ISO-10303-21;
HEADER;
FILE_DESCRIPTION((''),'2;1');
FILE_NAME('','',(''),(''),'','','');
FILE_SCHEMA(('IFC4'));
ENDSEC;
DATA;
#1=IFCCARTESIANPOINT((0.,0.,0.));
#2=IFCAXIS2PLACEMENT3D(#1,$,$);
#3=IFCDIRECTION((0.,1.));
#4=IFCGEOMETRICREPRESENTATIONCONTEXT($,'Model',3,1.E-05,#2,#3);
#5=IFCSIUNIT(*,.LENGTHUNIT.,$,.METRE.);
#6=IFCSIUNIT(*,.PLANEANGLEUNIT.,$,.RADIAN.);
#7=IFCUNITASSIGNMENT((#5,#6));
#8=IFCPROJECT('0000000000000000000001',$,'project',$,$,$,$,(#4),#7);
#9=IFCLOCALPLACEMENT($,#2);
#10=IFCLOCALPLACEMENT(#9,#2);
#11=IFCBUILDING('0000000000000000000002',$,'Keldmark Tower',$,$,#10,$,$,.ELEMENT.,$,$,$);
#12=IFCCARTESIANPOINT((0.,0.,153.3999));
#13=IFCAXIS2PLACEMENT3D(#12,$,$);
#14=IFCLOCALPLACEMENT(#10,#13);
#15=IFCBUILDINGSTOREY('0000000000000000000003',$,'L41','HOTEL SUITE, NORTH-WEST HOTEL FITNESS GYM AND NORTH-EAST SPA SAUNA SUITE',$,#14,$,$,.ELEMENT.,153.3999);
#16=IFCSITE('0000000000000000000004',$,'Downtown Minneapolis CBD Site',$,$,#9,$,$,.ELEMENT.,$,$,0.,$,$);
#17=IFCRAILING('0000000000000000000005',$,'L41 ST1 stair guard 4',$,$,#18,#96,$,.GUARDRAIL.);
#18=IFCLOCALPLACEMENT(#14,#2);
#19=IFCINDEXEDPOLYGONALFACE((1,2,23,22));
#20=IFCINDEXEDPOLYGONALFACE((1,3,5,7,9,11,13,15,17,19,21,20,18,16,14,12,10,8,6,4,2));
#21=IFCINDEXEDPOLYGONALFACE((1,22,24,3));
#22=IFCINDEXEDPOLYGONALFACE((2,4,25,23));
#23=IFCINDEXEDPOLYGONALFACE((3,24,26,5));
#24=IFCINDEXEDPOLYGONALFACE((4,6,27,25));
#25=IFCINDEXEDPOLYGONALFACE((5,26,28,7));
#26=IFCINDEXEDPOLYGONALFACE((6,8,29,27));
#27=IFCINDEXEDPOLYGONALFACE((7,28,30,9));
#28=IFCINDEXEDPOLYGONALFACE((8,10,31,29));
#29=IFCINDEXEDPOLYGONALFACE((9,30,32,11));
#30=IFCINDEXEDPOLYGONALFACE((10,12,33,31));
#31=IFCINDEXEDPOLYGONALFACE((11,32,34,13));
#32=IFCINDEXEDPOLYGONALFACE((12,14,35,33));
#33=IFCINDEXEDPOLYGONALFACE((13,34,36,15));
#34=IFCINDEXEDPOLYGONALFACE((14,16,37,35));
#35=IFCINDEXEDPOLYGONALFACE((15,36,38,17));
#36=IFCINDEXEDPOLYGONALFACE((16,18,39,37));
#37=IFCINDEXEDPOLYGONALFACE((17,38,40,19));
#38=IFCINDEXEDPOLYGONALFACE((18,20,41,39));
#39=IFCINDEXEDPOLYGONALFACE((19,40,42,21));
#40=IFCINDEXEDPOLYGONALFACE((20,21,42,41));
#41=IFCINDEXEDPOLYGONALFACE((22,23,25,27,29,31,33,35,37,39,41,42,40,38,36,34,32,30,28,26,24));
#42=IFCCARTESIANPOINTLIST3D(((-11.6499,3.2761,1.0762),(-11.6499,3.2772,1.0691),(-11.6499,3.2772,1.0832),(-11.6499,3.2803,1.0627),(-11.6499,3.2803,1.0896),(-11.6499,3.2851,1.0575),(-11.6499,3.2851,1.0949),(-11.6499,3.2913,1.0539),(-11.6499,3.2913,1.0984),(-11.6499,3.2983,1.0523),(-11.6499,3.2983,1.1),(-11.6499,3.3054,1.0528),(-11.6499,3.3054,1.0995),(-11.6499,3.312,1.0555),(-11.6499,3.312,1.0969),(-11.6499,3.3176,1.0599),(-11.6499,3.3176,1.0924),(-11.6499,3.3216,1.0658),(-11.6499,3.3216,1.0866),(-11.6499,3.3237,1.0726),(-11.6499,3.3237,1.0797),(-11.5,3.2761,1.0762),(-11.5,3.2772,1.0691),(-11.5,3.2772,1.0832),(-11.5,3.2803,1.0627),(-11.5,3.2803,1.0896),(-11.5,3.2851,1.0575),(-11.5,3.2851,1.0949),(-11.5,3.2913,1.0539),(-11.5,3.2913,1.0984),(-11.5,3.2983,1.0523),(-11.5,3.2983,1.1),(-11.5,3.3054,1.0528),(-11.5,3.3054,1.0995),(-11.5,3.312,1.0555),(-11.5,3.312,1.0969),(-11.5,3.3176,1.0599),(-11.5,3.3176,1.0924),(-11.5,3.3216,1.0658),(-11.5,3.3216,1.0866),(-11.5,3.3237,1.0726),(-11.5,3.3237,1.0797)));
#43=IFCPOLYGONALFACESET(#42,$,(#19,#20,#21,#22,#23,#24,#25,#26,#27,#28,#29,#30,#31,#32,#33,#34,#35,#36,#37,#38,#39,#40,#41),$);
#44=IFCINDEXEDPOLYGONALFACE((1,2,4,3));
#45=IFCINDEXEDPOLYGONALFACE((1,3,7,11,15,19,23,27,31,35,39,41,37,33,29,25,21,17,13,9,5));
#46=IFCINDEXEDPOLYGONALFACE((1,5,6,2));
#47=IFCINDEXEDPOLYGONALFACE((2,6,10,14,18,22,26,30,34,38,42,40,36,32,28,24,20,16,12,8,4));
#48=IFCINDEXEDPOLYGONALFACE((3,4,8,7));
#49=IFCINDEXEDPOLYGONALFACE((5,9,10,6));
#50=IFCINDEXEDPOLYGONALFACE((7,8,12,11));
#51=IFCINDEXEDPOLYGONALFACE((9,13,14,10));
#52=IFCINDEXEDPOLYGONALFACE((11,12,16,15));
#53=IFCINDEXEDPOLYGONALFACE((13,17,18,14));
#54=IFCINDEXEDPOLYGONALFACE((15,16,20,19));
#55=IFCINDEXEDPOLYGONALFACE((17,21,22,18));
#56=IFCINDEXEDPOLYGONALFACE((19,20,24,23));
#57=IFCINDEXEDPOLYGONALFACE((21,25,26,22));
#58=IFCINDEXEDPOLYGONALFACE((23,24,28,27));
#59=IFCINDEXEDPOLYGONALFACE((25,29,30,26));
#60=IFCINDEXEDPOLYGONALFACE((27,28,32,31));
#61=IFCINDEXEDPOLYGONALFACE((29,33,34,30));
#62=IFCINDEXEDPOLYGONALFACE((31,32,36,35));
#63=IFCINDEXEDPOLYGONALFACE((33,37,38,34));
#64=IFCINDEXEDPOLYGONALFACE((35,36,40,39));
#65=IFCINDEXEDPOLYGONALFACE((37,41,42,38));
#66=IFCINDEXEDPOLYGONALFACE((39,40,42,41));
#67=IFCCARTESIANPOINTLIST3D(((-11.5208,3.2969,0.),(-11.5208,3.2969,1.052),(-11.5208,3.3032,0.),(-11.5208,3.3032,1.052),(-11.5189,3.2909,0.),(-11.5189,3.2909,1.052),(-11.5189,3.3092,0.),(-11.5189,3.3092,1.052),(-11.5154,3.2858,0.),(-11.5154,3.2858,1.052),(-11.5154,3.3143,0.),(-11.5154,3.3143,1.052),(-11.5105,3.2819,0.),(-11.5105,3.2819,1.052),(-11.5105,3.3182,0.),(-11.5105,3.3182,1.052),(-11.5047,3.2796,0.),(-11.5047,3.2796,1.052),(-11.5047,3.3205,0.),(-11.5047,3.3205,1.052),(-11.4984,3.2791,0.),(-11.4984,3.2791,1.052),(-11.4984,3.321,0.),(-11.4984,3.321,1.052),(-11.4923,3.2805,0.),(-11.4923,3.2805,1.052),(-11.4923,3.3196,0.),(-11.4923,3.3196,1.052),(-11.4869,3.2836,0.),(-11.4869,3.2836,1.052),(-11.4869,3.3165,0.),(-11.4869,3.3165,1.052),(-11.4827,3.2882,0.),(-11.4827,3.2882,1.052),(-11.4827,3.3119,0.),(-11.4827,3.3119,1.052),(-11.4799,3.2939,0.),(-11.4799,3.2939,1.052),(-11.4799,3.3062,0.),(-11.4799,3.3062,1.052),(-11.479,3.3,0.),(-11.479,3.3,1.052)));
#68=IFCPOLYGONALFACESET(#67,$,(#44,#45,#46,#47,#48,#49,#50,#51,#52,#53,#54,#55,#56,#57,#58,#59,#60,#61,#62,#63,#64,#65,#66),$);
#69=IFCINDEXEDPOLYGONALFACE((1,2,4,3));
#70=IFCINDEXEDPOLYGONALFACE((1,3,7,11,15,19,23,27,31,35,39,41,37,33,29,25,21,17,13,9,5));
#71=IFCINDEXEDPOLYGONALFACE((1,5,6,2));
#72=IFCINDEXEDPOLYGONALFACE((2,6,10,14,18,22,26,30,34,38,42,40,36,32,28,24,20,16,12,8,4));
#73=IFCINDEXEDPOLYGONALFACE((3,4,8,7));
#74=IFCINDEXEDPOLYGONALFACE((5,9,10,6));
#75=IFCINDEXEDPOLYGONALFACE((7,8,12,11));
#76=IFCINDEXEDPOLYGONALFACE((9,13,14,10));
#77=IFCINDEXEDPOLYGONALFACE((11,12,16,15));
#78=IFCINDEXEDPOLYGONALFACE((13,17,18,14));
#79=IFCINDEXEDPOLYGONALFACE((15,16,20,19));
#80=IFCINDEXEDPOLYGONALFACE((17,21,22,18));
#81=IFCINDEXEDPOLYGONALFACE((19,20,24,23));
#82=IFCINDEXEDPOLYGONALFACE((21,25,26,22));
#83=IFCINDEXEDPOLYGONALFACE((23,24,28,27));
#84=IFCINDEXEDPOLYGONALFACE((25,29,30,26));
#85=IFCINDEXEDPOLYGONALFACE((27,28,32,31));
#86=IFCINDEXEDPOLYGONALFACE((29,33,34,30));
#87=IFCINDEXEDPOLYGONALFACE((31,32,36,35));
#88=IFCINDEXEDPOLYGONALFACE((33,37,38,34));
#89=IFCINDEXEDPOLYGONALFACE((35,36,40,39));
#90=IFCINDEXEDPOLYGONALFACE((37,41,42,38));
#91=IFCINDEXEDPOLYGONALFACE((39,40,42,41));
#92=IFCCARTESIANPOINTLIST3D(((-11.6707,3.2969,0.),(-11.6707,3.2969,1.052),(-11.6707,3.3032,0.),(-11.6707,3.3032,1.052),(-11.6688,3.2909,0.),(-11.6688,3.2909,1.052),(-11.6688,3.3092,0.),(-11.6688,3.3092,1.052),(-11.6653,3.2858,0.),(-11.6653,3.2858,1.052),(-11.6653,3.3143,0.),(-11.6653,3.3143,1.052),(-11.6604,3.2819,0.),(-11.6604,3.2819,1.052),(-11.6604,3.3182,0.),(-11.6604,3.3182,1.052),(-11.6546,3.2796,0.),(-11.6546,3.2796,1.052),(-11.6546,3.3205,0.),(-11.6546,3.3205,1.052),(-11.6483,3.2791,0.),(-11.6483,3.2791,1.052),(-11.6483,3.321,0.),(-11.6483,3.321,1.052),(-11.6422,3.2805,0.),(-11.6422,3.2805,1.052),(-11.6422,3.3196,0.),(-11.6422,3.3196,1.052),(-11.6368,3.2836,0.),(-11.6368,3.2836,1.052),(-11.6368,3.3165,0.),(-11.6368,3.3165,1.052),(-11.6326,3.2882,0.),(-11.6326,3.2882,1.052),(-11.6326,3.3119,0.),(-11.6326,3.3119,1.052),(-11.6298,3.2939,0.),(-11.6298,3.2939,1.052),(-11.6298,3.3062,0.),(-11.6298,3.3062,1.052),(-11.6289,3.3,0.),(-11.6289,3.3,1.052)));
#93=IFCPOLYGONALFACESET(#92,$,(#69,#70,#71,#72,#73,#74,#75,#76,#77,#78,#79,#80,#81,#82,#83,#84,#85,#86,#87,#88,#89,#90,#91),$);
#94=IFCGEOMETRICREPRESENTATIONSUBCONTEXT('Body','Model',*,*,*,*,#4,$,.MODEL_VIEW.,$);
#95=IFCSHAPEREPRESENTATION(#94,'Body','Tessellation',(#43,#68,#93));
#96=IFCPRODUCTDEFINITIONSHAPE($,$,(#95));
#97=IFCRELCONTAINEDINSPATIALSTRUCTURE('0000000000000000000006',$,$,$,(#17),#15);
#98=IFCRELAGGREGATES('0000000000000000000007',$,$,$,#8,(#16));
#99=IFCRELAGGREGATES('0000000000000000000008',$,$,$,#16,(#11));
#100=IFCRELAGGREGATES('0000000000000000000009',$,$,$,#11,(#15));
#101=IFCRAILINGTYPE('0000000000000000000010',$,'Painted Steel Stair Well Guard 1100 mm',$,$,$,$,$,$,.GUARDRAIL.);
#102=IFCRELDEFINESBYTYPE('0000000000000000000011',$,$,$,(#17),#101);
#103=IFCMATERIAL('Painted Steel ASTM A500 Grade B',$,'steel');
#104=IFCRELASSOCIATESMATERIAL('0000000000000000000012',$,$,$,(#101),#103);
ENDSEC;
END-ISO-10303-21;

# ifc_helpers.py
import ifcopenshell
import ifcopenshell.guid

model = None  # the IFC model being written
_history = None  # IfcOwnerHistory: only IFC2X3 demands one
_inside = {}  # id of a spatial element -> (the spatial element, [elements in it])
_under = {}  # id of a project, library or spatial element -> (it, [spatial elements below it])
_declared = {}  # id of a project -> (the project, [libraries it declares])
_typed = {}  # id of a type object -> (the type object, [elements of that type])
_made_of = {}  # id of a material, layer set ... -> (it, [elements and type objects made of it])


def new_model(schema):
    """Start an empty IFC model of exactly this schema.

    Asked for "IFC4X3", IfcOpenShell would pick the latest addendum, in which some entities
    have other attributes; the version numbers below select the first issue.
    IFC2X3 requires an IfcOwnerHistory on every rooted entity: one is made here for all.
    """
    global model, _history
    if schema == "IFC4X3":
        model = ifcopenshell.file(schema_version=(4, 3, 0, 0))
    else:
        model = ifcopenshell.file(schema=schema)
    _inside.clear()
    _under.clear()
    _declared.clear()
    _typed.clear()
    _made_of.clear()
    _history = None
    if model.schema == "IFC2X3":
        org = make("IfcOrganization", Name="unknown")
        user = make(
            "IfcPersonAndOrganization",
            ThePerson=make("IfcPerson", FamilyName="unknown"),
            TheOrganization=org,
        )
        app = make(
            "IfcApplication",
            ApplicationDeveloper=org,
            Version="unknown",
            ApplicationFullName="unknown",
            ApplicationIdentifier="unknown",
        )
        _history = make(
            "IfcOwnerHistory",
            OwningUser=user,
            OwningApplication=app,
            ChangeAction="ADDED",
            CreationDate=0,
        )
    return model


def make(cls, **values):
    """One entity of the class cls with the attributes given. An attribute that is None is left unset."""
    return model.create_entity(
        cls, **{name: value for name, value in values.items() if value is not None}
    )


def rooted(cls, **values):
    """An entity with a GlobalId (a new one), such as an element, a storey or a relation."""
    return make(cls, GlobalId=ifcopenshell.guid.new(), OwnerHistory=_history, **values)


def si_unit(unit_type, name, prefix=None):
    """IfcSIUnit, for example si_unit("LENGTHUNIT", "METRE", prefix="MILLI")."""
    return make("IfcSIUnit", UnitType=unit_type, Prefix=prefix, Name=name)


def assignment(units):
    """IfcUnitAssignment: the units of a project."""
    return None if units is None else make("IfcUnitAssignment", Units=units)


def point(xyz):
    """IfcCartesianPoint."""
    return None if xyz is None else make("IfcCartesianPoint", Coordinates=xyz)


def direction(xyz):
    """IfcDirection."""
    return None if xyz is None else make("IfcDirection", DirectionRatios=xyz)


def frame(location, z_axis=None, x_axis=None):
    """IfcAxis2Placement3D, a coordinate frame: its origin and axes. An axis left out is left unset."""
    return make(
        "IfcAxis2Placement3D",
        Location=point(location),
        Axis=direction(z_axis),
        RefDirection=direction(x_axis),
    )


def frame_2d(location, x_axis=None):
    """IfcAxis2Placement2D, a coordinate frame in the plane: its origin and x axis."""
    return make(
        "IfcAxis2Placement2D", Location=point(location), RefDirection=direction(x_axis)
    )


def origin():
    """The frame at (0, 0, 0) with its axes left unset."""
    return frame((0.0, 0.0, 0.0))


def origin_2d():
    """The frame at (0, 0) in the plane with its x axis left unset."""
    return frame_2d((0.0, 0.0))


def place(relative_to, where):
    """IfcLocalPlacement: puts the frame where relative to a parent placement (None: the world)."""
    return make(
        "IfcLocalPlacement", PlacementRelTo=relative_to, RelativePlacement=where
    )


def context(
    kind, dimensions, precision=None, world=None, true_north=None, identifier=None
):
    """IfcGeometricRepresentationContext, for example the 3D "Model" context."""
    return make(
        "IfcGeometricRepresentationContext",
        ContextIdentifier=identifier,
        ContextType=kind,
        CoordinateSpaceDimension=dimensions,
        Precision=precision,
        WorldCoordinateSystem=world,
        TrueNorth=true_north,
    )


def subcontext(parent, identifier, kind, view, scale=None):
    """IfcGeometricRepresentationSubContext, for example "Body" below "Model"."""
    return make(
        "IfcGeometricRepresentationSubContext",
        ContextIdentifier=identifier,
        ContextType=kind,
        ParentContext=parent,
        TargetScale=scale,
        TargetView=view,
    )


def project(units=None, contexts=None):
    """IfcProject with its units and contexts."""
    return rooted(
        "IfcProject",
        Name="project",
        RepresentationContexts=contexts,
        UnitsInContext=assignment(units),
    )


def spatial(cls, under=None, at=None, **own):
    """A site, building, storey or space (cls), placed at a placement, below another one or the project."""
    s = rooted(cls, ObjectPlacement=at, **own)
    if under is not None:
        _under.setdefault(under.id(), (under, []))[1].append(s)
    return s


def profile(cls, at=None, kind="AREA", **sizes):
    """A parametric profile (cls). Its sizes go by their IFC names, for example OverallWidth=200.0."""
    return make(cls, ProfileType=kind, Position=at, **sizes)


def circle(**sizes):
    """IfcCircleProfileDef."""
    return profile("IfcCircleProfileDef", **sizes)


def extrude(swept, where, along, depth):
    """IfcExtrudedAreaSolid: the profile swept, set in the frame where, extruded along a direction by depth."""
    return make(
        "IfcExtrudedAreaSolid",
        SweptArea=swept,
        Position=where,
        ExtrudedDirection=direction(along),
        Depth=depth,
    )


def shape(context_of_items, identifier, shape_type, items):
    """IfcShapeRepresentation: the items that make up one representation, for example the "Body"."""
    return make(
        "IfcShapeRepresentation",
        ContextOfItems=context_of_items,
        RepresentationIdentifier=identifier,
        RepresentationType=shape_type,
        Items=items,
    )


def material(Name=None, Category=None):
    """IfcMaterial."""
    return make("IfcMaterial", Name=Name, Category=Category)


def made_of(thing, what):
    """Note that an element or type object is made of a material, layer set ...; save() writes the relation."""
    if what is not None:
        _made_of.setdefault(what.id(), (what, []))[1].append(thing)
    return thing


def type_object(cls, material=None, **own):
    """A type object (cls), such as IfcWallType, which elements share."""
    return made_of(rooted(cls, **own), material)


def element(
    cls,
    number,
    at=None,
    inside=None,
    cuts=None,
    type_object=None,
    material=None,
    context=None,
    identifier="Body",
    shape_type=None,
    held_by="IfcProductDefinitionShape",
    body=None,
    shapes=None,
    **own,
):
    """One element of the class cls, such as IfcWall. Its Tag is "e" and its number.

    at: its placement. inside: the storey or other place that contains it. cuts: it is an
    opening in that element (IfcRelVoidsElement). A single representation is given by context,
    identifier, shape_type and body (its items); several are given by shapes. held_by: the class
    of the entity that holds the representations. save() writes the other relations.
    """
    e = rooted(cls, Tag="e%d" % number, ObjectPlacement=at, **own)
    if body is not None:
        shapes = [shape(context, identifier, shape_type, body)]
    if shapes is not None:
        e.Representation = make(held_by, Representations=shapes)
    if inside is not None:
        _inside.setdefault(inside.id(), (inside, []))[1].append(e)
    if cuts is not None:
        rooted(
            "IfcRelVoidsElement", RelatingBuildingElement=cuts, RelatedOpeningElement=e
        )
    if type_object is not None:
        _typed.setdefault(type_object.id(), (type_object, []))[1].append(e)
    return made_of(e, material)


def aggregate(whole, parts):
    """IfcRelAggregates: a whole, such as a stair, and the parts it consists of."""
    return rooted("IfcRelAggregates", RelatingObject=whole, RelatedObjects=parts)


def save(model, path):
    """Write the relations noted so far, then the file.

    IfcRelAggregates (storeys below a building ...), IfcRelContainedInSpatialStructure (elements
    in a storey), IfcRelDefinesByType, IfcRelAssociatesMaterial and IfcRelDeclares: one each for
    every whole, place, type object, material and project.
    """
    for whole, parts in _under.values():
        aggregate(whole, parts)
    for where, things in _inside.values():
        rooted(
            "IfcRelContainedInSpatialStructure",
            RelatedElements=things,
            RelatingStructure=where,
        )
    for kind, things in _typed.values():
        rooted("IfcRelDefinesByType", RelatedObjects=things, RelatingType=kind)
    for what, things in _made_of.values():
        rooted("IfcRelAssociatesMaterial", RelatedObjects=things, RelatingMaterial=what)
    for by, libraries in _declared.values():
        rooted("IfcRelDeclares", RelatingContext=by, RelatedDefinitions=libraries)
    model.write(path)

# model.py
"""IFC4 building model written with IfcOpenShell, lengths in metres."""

from ifc_helpers import new_model, si_unit, direction, frame, origin, origin_2d, place, context, subcontext, project, spatial, circle, extrude, material, type_object, element, save


model = new_model("IFC4")

# Units and contexts
model_context = context("Model", 3, precision=1e-05, world=origin(), true_north=direction((0.0, 1.0)))
body_context = subcontext(model_context, "Body", "Model", "MODEL_VIEW")
ifc_project = project(units=[si_unit("LENGTHUNIT", "METRE"), si_unit("PLANEANGLEUNIT", "RADIAN")], contexts=[model_context])

# Site, building, storey
site_placement = place(None, origin())
site = spatial("IfcSite", under=ifc_project, at=site_placement, Name="Downtown Minneapolis CBD Site", CompositionType="ELEMENT", RefElevation=0.0)
building_placement = place(site_placement, origin())
building = spatial("IfcBuilding", under=site, at=building_placement, Name="Keldmark Tower", CompositionType="ELEMENT")
storey_placement = place(building_placement, frame((0.0, 0.0, 153.3999)))
storey = spatial("IfcBuildingStorey", under=building, at=storey_placement, Name="L41", Description="HOTEL SUITE, NORTH-WEST HOTEL FITNESS GYM AND NORTH-EAST SPA SAUNA SUITE", CompositionType="ELEMENT", Elevation=153.3999)

# Railing
ifc_material_1 = material(Name="Painted Steel ASTM A500 Grade B", Category="steel")
railing_type_1 = type_object("IfcRailingType", Name="Painted Steel Stair Well Guard 1100 mm", PredefinedType="GUARDRAIL", material=ifc_material_1)
railing_1_placement = place(storey_placement, frame((-11.5, 3.3, 0.0)))
element("IfcRailing", 1, at=railing_1_placement, inside=storey, type_object=railing_type_1, Name="L41 ST1 stair guard 4", PredefinedType="GUARDRAIL", context=body_context, shape_type="SweptSolid", body=[
    extrude(circle(Radius=0.0239, at=origin_2d()), frame((0.0, 0.0, 1.0762), z_axis=(-1.0, 0.0, 0.0), x_axis=(0.0, -1.0, 0.0)), (0.0, 0.0, 1.0), 0.1499),
    extrude(circle(Radius=0.021, at=origin_2d()), origin(), (0.0, 0.0, 1.0), 1.052),
    extrude(circle(Radius=0.021, at=origin_2d()), frame((-0.1499, 0.0, 0.0)), (0.0, 0.0, 1.0), 1.052),
])

save(model, "model.ifc")
